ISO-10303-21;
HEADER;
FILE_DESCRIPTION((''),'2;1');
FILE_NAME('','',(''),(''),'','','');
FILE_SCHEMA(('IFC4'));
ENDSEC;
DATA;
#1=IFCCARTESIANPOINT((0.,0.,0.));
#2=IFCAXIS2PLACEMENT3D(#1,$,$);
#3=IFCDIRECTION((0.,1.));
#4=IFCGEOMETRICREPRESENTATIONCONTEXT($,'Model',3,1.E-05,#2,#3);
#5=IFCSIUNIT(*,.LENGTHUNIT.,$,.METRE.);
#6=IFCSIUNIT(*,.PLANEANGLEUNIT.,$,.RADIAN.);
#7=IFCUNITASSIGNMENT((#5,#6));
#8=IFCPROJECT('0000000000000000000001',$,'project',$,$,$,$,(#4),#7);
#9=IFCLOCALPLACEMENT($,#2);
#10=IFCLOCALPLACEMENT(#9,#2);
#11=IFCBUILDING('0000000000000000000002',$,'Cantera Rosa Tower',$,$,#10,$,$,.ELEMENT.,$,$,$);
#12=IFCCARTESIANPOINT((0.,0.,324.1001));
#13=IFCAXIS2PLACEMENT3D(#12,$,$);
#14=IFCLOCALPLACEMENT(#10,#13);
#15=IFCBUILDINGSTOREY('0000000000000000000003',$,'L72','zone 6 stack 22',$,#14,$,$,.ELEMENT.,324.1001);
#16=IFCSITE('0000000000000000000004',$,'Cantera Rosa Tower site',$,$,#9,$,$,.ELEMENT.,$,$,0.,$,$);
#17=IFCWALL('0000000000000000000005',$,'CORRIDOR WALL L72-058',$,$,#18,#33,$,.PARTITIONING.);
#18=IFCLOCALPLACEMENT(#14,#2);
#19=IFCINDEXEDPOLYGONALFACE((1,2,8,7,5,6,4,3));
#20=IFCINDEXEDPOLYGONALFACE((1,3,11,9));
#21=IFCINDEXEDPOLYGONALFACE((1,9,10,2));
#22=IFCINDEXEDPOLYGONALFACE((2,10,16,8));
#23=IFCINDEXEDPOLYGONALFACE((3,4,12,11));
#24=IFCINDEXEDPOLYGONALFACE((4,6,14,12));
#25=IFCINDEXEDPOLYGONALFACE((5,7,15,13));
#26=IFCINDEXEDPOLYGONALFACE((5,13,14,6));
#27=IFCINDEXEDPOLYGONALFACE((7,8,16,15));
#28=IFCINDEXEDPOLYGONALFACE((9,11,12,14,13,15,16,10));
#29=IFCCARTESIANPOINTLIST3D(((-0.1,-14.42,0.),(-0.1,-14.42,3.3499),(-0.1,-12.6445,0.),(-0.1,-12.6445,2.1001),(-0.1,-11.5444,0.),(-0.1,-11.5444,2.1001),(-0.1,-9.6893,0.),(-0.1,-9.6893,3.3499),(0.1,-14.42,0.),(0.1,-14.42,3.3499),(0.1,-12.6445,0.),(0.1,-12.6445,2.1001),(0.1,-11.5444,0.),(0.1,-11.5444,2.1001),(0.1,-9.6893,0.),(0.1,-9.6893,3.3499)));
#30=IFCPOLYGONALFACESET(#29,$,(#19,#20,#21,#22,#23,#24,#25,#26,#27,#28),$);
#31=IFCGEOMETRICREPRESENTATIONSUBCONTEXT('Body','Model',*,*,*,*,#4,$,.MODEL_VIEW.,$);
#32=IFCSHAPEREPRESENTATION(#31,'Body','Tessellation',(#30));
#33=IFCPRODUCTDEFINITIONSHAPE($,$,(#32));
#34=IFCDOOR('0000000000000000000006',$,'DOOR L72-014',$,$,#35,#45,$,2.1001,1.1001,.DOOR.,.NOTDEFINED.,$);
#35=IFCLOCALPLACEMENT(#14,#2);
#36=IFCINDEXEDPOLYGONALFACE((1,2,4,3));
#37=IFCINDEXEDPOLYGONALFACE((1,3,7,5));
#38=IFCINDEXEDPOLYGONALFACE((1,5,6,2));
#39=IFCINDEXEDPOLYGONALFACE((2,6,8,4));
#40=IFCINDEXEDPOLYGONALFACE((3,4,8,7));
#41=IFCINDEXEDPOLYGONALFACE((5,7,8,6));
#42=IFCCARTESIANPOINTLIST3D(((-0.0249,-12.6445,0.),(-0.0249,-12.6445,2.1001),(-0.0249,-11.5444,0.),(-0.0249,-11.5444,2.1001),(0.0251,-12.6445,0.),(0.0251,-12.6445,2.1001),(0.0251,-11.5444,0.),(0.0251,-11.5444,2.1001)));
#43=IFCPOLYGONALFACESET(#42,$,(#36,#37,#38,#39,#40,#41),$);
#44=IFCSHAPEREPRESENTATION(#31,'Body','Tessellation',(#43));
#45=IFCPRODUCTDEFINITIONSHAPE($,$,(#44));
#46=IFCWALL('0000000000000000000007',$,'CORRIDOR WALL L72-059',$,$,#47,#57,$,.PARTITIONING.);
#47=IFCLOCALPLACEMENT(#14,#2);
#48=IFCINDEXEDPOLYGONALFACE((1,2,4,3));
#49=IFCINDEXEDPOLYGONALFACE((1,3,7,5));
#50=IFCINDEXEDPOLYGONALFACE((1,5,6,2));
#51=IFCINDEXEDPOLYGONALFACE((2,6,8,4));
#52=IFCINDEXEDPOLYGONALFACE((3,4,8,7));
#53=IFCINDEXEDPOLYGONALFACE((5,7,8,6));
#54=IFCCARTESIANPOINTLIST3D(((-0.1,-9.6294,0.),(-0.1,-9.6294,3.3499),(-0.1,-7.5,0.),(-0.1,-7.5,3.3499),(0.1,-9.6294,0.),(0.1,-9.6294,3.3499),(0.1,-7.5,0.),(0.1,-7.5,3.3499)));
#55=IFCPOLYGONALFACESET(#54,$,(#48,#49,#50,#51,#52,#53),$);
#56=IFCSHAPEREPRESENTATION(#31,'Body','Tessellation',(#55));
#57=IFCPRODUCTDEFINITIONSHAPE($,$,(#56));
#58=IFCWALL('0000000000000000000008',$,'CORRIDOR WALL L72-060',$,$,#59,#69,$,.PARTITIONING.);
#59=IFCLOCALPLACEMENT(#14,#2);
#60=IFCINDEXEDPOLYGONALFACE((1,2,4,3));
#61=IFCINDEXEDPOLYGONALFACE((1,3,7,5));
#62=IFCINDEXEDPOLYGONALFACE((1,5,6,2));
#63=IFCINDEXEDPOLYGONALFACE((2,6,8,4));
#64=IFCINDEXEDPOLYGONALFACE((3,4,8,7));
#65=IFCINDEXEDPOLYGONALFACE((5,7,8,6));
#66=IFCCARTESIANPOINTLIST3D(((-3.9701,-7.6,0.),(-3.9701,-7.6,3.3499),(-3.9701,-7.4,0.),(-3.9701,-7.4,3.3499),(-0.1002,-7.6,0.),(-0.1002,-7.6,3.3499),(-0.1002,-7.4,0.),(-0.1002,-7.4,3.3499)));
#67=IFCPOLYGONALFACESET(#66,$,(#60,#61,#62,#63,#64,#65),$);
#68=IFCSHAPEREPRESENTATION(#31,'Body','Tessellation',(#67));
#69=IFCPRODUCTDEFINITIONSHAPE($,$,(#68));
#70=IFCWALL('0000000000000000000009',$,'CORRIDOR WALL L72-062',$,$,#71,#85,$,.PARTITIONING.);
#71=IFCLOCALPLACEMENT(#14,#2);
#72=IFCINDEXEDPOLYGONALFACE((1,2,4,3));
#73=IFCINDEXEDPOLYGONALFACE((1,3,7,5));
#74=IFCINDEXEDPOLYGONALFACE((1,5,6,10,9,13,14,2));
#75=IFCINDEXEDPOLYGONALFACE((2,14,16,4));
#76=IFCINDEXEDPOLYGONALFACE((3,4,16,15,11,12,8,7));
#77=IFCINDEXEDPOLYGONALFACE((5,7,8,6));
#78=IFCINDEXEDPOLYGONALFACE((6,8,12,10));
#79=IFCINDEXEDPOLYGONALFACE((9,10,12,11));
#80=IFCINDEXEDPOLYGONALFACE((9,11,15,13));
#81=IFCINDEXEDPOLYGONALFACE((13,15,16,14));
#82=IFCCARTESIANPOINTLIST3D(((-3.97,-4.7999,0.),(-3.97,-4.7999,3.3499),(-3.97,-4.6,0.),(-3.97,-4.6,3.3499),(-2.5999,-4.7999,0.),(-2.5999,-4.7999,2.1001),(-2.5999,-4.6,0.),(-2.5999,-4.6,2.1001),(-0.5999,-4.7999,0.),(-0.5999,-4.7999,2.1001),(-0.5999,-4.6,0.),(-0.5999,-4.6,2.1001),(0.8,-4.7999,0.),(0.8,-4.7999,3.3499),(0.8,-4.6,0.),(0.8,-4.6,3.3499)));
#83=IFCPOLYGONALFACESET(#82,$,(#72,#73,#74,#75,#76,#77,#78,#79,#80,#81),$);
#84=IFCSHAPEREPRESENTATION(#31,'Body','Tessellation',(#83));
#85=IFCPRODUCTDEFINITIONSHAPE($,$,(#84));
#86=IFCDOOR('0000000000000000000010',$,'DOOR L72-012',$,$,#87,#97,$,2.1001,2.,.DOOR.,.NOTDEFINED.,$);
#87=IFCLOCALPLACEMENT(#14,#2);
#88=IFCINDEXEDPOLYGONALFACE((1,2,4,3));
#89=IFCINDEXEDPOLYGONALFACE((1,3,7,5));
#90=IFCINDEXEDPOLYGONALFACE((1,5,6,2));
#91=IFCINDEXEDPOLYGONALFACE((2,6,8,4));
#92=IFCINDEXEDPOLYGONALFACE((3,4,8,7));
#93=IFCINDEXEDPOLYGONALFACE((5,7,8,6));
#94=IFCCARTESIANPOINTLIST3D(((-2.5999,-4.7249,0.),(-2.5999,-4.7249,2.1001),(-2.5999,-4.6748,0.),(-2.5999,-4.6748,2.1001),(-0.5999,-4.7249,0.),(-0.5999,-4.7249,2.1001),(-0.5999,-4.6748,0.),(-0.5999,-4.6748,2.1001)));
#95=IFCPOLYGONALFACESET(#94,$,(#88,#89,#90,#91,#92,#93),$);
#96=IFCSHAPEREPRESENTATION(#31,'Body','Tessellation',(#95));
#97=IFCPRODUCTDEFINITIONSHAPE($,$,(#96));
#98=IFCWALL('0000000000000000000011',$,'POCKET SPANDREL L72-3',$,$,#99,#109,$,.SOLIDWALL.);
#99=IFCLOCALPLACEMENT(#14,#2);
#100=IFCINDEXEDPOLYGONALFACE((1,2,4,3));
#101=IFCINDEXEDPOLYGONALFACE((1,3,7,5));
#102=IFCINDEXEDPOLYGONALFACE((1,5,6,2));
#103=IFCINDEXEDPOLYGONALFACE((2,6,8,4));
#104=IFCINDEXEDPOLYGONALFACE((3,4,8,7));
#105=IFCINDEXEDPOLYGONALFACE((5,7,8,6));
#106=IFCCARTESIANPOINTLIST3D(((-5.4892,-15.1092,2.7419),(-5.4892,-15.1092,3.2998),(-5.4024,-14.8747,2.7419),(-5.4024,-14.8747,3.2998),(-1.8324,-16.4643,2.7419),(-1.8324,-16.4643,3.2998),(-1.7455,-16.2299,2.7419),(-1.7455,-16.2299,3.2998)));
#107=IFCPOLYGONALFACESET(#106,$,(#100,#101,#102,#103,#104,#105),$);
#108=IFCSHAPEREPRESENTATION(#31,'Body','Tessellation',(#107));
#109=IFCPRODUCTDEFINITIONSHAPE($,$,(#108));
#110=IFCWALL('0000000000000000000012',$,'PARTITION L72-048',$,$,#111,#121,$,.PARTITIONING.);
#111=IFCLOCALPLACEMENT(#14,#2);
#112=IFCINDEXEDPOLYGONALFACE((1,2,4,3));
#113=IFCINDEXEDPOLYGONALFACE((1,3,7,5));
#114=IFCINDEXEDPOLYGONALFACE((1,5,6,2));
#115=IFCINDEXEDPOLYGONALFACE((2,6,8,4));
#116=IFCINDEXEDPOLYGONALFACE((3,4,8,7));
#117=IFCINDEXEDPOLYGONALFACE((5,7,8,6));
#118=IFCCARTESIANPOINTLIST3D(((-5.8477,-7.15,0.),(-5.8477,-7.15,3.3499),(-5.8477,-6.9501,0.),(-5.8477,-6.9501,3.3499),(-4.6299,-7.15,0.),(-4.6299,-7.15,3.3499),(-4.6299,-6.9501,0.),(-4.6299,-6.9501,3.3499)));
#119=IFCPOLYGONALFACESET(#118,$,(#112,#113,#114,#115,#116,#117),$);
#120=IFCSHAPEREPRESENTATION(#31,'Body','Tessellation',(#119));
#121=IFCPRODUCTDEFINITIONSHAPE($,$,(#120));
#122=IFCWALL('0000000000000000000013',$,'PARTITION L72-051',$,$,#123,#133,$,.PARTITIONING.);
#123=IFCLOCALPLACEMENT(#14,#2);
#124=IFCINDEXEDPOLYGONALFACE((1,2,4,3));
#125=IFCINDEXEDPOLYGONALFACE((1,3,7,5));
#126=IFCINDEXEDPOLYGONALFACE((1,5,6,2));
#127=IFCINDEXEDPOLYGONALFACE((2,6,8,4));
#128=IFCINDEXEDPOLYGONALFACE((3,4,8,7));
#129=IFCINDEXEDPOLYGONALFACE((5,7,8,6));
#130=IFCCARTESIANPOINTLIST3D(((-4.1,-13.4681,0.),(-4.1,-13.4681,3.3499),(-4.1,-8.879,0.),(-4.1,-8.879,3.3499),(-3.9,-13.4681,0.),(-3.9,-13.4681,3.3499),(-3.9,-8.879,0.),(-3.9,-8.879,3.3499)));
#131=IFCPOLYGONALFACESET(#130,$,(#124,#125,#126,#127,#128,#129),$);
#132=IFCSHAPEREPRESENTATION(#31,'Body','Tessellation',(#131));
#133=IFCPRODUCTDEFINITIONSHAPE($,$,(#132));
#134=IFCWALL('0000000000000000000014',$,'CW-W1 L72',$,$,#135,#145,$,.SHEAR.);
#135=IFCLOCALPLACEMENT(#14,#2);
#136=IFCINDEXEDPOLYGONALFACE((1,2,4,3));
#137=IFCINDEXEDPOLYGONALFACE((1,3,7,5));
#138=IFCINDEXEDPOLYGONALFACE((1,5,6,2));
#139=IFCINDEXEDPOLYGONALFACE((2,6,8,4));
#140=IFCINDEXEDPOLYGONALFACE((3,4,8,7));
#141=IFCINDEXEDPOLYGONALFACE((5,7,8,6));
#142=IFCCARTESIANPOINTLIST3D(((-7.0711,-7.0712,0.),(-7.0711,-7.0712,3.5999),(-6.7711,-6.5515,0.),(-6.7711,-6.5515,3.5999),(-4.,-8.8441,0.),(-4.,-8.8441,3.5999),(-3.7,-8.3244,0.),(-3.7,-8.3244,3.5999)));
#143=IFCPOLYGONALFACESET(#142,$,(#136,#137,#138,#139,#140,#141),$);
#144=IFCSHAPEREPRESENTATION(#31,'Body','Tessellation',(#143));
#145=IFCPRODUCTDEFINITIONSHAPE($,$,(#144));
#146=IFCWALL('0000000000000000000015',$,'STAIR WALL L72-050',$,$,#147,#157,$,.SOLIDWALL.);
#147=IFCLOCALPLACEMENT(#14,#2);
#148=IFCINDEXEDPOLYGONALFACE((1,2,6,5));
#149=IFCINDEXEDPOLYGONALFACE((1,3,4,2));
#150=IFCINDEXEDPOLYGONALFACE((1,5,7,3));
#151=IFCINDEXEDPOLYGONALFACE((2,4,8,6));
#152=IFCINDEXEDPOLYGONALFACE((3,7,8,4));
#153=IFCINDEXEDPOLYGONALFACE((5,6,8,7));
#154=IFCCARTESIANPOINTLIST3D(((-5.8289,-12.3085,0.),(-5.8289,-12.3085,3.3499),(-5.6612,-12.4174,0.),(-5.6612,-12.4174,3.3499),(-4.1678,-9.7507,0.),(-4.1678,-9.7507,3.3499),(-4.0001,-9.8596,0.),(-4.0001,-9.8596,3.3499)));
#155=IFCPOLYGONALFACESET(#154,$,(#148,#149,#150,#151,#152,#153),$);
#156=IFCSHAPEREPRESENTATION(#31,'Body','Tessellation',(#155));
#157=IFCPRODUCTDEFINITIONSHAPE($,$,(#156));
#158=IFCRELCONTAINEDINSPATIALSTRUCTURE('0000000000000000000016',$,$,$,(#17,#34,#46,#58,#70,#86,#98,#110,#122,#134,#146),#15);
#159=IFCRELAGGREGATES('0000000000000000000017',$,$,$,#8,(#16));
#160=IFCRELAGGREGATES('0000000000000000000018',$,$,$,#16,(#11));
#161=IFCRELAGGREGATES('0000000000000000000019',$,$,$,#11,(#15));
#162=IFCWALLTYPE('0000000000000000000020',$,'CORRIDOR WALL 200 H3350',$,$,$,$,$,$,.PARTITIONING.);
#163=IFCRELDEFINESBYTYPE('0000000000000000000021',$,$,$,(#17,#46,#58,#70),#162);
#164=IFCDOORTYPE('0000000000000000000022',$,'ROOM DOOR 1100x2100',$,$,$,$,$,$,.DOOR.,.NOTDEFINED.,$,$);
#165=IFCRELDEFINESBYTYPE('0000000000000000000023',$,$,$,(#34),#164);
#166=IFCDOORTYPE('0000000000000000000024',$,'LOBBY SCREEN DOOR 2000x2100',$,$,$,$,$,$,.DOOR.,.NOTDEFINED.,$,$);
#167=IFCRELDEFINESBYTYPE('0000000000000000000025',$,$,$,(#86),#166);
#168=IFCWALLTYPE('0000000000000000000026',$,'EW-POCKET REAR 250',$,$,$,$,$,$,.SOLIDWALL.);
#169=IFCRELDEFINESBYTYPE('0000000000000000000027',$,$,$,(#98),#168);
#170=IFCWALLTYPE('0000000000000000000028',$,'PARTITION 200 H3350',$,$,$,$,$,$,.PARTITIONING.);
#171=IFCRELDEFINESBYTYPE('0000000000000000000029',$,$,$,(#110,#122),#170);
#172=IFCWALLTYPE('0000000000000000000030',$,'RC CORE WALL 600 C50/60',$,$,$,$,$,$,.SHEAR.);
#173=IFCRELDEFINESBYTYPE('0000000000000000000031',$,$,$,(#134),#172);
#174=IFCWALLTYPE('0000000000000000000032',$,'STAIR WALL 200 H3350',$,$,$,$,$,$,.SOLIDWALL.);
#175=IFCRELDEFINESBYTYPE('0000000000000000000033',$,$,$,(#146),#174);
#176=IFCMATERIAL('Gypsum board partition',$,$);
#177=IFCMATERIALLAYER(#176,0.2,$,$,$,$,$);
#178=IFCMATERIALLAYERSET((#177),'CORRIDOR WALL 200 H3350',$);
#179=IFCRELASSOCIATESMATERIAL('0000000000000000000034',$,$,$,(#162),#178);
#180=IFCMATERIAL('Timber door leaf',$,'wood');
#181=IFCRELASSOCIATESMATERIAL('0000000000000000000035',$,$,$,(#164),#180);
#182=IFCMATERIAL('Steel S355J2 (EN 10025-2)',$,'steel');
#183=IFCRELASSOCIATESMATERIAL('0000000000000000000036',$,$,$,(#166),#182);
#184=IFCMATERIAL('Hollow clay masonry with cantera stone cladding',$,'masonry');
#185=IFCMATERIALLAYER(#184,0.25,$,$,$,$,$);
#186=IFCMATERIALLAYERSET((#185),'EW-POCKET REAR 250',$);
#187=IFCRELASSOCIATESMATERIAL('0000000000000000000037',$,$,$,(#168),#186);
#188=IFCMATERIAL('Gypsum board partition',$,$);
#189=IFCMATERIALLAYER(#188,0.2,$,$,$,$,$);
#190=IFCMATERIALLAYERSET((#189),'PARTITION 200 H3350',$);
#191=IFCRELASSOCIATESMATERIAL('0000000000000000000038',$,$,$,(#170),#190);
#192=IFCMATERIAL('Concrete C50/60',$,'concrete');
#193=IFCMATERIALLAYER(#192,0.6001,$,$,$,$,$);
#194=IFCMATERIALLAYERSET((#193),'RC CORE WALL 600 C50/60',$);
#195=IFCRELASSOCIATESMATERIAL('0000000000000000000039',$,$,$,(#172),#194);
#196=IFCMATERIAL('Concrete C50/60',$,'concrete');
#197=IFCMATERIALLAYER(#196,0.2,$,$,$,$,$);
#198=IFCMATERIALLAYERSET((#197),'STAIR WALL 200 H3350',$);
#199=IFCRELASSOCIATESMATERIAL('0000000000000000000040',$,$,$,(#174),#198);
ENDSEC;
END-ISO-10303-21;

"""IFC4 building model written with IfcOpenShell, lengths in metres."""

from ifc_helpers import new_model, si_unit, direction, frame, frame_2d, origin, place, context, subcontext, project, spatial, rectangle, extrude, material, layer, layer_set, type_object, element, fill, save


model = new_model("IFC4")

# Units and contexts
model_context = context("Model", 3, precision=1e-05, world=origin(), true_north=direction((0.0, 1.0)))
body_context = subcontext(model_context, "Body", "Model", "MODEL_VIEW")
ifc_project = project(units=[si_unit("LENGTHUNIT", "METRE"), si_unit("PLANEANGLEUNIT", "RADIAN")], contexts=[model_context])

# Site, building, storey
site_placement = place(None, origin())
site = spatial("IfcSite", under=ifc_project, at=site_placement, Name="Cantera Rosa Tower site", CompositionType="ELEMENT", RefElevation=0.0)
building_placement = place(site_placement, origin())
building = spatial("IfcBuilding", under=site, at=building_placement, Name="Cantera Rosa Tower", CompositionType="ELEMENT")
storey_placement = place(building_placement, frame((0.0, 0.0, 324.1001)))
storey = spatial("IfcBuildingStorey", under=building, at=storey_placement, Name="L72", Description="zone 6 stack 22", CompositionType="ELEMENT", Elevation=324.1001)

# Shared definitions
ifc_material_1 = material(Name="Gypsum board partition")
ifc_layer_1 = layer(ifc_material_1, 0.2)
ifc_layer_set_1 = layer_set([ifc_layer_1], Name="CORRIDOR WALL 200 H3350")
wall_type_1 = type_object("IfcWallType", Name="CORRIDOR WALL 200 H3350", PredefinedType="PARTITIONING", material=ifc_layer_set_1)

# Wall, opening, door
wall_1_placement = place(storey_placement, frame((0.0, -14.4199, 0.0), z_axis=(0.0, 0.0, 1.0), x_axis=(0.0, 1.0, 0.0)))
wall_1 = element("IfcWall", 1, at=wall_1_placement, inside=storey, type_object=wall_type_1, Name="CORRIDOR WALL L72-058", PredefinedType="PARTITIONING", context=body_context, shape_type="SweptSolid", body=[
    extrude(rectangle(XDim=4.7307, YDim=0.2, at=frame_2d((2.3652, 0.0))), origin(), (0.0, 0.0, 1.0), 3.3499),
])
opening_1_placement = place(wall_1_placement, frame((1.7754, 0.0, 0.0)))
opening_1 = element("IfcOpeningElement", 2, at=opening_1_placement, cuts=wall_1, PredefinedType="OPENING", context=body_context, shape_type="SweptSolid", body=[
    extrude(rectangle(XDim=1.1001, YDim=2.1001, at=frame_2d((0.55, 1.05))), frame((0.0, 0.1099, 0.0), z_axis=(0.0, -1.0, 0.0), x_axis=(1.0, 0.0, 0.0)), (0.0, 0.0, 1.0), 0.22),
])
ifc_material_2 = material(Name="Timber door leaf", Category="wood")
door_type_1 = type_object("IfcDoorType", Name="ROOM DOOR 1100x2100", OperationType="NOTDEFINED", PredefinedType="DOOR", material=ifc_material_2)
door_1_placement = place(opening_1_placement, origin())
door_1 = element("IfcDoor", 3, at=door_1_placement, inside=storey, type_object=door_type_1, Name="DOOR L72-014", OperationType="NOTDEFINED", OverallHeight=2.1001, OverallWidth=1.1001, PredefinedType="DOOR", context=body_context, shape_type="SweptSolid", body=[
    extrude(rectangle(XDim=1.1001, YDim=2.1001, at=frame_2d((0.55, 1.05))), frame((0.0, 0.0249, 0.0), z_axis=(0.0, -1.0, 0.0), x_axis=(1.0, 0.0, 0.0)), (0.0, 0.0, 1.0), 0.05),
])
fill(opening_1, door_1)

# Walls
wall_2_placement = place(storey_placement, frame((0.0, -9.6294, 0.0), z_axis=(0.0, 0.0, 1.0), x_axis=(0.0, 1.0, 0.0)))
element("IfcWall", 4, at=wall_2_placement, inside=storey, type_object=wall_type_1, Name="CORRIDOR WALL L72-059", PredefinedType="PARTITIONING", context=body_context, shape_type="SweptSolid", body=[
    extrude(rectangle(XDim=2.1294, YDim=0.2, at=frame_2d((1.0647, 0.0))), origin(), (0.0, 0.0, 1.0), 3.3499),
])
wall_3_placement = place(storey_placement, frame((-0.1001, -7.5, 0.0), z_axis=(0.0, 0.0, 1.0), x_axis=(-1.0, 0.0, 0.0)))
element("IfcWall", 5, at=wall_3_placement, inside=storey, type_object=wall_type_1, Name="CORRIDOR WALL L72-060", PredefinedType="PARTITIONING", context=body_context, shape_type="SweptSolid", body=[
    extrude(rectangle(XDim=3.8699, YDim=0.2, at=frame_2d((1.9351, 0.0))), origin(), (0.0, 0.0, 1.0), 3.3499),
])

# Wall, opening, door
wall_4_placement = place(storey_placement, frame((0.8, -4.7, 0.0), z_axis=(0.0, 0.0, 1.0), x_axis=(-1.0, 0.0, 0.0)))
wall_4 = element("IfcWall", 6, at=wall_4_placement, inside=storey, type_object=wall_type_1, Name="CORRIDOR WALL L72-062", PredefinedType="PARTITIONING", context=body_context, shape_type="SweptSolid", body=[
    extrude(rectangle(XDim=4.77, YDim=0.2, at=frame_2d((2.385, 0.0))), origin(), (0.0, 0.0, 1.0), 3.3499),
])
opening_2_placement = place(wall_4_placement, frame((1.3999, 0.0, 0.0)))
opening_2 = element("IfcOpeningElement", 7, at=opening_2_placement, cuts=wall_4, PredefinedType="OPENING", context=body_context, shape_type="SweptSolid", body=[
    extrude(rectangle(XDim=2.0, YDim=2.1001, at=frame_2d((1.0, 1.05))), frame((0.0, 0.1099, 0.0), z_axis=(0.0, -1.0, 0.0), x_axis=(1.0, 0.0, 0.0)), (0.0, 0.0, 1.0), 0.22),
])
ifc_material_3 = material(Name="Steel S355J2 (EN 10025-2)", Category="steel")
door_type_2 = type_object("IfcDoorType", Name="LOBBY SCREEN DOOR 2000x2100", OperationType="NOTDEFINED", PredefinedType="DOOR", material=ifc_material_3)
door_2_placement = place(opening_2_placement, origin())
door_2 = element("IfcDoor", 8, at=door_2_placement, inside=storey, type_object=door_type_2, Name="DOOR L72-012", OperationType="NOTDEFINED", OverallHeight=2.1001, OverallWidth=2.0, PredefinedType="DOOR", context=body_context, shape_type="SweptSolid", body=[
    extrude(rectangle(XDim=2.0, YDim=2.1001, at=frame_2d((1.0, 1.05))), frame((0.0, 0.0249, 0.0), z_axis=(0.0, -1.0, 0.0), x_axis=(1.0, 0.0, 0.0)), (0.0, 0.0, 1.0), 0.05),
])
fill(opening_2, door_2)

# Walls
ifc_material_4 = material(Name="Hollow clay masonry with cantera stone cladding", Category="masonry")
ifc_layer_2 = layer(ifc_material_4, 0.25)
ifc_layer_set_2 = layer_set([ifc_layer_2], Name="EW-POCKET REAR 250")
wall_type_2 = type_object("IfcWallType", Name="EW-POCKET REAR 250", PredefinedType="SOLIDWALL", material=ifc_layer_set_2)
wall_5_placement = place(storey_placement, frame((-5.4458, -14.9919, 2.7419), z_axis=(0.0, 0.0, 1.0), x_axis=(0.937683, -0.347492, 0.0)))
element("IfcWall", 9, at=wall_5_placement, inside=storey, type_object=wall_type_2, Name="POCKET SPANDREL L72-3", PredefinedType="SOLIDWALL", context=body_context, shape_type="SweptSolid", body=[
    extrude(rectangle(XDim=3.8999, YDim=0.25, at=frame_2d((1.95, 0.0))), origin(), (0.0, 0.0, 1.0), 0.5579),
])
ifc_material_5 = material(Name="Gypsum board partition")
ifc_layer_3 = layer(ifc_material_5, 0.2)
ifc_layer_set_3 = layer_set([ifc_layer_3], Name="PARTITION 200 H3350")
wall_type_3 = type_object("IfcWallType", Name="PARTITION 200 H3350", PredefinedType="PARTITIONING", material=ifc_layer_set_3)
wall_6_placement = place(storey_placement, frame((-4.6299, -7.05, 0.0), z_axis=(0.0, 0.0, 1.0), x_axis=(-1.0, 0.0, 0.0)))
element("IfcWall", 10, at=wall_6_placement, inside=storey, type_object=wall_type_3, Name="PARTITION L72-048", PredefinedType="PARTITIONING", context=body_context, shape_type="SweptSolid", body=[
    extrude(rectangle(XDim=1.2178, YDim=0.2, at=frame_2d((0.6089, 0.0))), origin(), (0.0, 0.0, 1.0), 3.3499),
])
wall_7_placement = place(storey_placement, frame((-4.0, -13.468, 0.0), z_axis=(0.0, 0.0, 1.0), x_axis=(0.0, 1.0, 0.0)))
element("IfcWall", 11, at=wall_7_placement, inside=storey, type_object=wall_type_3, Name="PARTITION L72-051", PredefinedType="PARTITIONING", context=body_context, shape_type="SweptSolid", body=[
    extrude(rectangle(XDim=4.5891, YDim=0.2, at=frame_2d((2.2944, 0.0))), origin(), (0.0, 0.0, 1.0), 3.3499),
])
ifc_material_6 = material(Name="Concrete C50/60", Category="concrete")
ifc_layer_4 = layer(ifc_material_6, 0.6001)
ifc_layer_set_4 = layer_set([ifc_layer_4], Name="RC CORE WALL 600 C50/60")
wall_type_4 = type_object("IfcWallType", Name="RC CORE WALL 600 C50/60", PredefinedType="SHEAR", material=ifc_layer_set_4)
wall_8_placement = place(storey_placement, frame((-3.8501, -8.5842, 0.0), z_axis=(0.0, 0.0, 1.0), x_axis=(-0.86604, 0.499975, 0.0)))
element("IfcWall", 12, at=wall_8_placement, inside=storey, type_object=wall_type_4, Name="CW-W1 L72", PredefinedType="SHEAR", context=body_context, shape_type="SweptSolid", body=[
    extrude(rectangle(XDim=3.5461, YDim=0.6001, at=frame_2d((1.7729, 0.0))), origin(), (0.0, 0.0, 1.0), 3.5999),
])
ifc_material_7 = material(Name="Concrete C50/60", Category="concrete")
ifc_layer_5 = layer(ifc_material_7, 0.2)
ifc_layer_set_5 = layer_set([ifc_layer_5], Name="STAIR WALL 200 H3350")
wall_type_5 = type_object("IfcWallType", Name="STAIR WALL 200 H3350", PredefinedType="SOLIDWALL", material=ifc_layer_set_5)
wall_9_placement = place(storey_placement, frame((-4.084, -9.8052, 0.0), z_axis=(0.0, 0.0, 1.0), x_axis=(-0.544648, -0.838665, 0.0)))
element("IfcWall", 13, at=wall_9_placement, inside=storey, type_object=wall_type_5, Name="STAIR WALL L72-050", PredefinedType="SOLIDWALL", context=body_context, shape_type="SweptSolid", body=[
    extrude(rectangle(XDim=3.0498, YDim=0.2, at=frame_2d((1.5249, 0.0))), origin(), (0.0, 0.0, 1.0), 3.3499),
])

save(model, "model.ifc")
